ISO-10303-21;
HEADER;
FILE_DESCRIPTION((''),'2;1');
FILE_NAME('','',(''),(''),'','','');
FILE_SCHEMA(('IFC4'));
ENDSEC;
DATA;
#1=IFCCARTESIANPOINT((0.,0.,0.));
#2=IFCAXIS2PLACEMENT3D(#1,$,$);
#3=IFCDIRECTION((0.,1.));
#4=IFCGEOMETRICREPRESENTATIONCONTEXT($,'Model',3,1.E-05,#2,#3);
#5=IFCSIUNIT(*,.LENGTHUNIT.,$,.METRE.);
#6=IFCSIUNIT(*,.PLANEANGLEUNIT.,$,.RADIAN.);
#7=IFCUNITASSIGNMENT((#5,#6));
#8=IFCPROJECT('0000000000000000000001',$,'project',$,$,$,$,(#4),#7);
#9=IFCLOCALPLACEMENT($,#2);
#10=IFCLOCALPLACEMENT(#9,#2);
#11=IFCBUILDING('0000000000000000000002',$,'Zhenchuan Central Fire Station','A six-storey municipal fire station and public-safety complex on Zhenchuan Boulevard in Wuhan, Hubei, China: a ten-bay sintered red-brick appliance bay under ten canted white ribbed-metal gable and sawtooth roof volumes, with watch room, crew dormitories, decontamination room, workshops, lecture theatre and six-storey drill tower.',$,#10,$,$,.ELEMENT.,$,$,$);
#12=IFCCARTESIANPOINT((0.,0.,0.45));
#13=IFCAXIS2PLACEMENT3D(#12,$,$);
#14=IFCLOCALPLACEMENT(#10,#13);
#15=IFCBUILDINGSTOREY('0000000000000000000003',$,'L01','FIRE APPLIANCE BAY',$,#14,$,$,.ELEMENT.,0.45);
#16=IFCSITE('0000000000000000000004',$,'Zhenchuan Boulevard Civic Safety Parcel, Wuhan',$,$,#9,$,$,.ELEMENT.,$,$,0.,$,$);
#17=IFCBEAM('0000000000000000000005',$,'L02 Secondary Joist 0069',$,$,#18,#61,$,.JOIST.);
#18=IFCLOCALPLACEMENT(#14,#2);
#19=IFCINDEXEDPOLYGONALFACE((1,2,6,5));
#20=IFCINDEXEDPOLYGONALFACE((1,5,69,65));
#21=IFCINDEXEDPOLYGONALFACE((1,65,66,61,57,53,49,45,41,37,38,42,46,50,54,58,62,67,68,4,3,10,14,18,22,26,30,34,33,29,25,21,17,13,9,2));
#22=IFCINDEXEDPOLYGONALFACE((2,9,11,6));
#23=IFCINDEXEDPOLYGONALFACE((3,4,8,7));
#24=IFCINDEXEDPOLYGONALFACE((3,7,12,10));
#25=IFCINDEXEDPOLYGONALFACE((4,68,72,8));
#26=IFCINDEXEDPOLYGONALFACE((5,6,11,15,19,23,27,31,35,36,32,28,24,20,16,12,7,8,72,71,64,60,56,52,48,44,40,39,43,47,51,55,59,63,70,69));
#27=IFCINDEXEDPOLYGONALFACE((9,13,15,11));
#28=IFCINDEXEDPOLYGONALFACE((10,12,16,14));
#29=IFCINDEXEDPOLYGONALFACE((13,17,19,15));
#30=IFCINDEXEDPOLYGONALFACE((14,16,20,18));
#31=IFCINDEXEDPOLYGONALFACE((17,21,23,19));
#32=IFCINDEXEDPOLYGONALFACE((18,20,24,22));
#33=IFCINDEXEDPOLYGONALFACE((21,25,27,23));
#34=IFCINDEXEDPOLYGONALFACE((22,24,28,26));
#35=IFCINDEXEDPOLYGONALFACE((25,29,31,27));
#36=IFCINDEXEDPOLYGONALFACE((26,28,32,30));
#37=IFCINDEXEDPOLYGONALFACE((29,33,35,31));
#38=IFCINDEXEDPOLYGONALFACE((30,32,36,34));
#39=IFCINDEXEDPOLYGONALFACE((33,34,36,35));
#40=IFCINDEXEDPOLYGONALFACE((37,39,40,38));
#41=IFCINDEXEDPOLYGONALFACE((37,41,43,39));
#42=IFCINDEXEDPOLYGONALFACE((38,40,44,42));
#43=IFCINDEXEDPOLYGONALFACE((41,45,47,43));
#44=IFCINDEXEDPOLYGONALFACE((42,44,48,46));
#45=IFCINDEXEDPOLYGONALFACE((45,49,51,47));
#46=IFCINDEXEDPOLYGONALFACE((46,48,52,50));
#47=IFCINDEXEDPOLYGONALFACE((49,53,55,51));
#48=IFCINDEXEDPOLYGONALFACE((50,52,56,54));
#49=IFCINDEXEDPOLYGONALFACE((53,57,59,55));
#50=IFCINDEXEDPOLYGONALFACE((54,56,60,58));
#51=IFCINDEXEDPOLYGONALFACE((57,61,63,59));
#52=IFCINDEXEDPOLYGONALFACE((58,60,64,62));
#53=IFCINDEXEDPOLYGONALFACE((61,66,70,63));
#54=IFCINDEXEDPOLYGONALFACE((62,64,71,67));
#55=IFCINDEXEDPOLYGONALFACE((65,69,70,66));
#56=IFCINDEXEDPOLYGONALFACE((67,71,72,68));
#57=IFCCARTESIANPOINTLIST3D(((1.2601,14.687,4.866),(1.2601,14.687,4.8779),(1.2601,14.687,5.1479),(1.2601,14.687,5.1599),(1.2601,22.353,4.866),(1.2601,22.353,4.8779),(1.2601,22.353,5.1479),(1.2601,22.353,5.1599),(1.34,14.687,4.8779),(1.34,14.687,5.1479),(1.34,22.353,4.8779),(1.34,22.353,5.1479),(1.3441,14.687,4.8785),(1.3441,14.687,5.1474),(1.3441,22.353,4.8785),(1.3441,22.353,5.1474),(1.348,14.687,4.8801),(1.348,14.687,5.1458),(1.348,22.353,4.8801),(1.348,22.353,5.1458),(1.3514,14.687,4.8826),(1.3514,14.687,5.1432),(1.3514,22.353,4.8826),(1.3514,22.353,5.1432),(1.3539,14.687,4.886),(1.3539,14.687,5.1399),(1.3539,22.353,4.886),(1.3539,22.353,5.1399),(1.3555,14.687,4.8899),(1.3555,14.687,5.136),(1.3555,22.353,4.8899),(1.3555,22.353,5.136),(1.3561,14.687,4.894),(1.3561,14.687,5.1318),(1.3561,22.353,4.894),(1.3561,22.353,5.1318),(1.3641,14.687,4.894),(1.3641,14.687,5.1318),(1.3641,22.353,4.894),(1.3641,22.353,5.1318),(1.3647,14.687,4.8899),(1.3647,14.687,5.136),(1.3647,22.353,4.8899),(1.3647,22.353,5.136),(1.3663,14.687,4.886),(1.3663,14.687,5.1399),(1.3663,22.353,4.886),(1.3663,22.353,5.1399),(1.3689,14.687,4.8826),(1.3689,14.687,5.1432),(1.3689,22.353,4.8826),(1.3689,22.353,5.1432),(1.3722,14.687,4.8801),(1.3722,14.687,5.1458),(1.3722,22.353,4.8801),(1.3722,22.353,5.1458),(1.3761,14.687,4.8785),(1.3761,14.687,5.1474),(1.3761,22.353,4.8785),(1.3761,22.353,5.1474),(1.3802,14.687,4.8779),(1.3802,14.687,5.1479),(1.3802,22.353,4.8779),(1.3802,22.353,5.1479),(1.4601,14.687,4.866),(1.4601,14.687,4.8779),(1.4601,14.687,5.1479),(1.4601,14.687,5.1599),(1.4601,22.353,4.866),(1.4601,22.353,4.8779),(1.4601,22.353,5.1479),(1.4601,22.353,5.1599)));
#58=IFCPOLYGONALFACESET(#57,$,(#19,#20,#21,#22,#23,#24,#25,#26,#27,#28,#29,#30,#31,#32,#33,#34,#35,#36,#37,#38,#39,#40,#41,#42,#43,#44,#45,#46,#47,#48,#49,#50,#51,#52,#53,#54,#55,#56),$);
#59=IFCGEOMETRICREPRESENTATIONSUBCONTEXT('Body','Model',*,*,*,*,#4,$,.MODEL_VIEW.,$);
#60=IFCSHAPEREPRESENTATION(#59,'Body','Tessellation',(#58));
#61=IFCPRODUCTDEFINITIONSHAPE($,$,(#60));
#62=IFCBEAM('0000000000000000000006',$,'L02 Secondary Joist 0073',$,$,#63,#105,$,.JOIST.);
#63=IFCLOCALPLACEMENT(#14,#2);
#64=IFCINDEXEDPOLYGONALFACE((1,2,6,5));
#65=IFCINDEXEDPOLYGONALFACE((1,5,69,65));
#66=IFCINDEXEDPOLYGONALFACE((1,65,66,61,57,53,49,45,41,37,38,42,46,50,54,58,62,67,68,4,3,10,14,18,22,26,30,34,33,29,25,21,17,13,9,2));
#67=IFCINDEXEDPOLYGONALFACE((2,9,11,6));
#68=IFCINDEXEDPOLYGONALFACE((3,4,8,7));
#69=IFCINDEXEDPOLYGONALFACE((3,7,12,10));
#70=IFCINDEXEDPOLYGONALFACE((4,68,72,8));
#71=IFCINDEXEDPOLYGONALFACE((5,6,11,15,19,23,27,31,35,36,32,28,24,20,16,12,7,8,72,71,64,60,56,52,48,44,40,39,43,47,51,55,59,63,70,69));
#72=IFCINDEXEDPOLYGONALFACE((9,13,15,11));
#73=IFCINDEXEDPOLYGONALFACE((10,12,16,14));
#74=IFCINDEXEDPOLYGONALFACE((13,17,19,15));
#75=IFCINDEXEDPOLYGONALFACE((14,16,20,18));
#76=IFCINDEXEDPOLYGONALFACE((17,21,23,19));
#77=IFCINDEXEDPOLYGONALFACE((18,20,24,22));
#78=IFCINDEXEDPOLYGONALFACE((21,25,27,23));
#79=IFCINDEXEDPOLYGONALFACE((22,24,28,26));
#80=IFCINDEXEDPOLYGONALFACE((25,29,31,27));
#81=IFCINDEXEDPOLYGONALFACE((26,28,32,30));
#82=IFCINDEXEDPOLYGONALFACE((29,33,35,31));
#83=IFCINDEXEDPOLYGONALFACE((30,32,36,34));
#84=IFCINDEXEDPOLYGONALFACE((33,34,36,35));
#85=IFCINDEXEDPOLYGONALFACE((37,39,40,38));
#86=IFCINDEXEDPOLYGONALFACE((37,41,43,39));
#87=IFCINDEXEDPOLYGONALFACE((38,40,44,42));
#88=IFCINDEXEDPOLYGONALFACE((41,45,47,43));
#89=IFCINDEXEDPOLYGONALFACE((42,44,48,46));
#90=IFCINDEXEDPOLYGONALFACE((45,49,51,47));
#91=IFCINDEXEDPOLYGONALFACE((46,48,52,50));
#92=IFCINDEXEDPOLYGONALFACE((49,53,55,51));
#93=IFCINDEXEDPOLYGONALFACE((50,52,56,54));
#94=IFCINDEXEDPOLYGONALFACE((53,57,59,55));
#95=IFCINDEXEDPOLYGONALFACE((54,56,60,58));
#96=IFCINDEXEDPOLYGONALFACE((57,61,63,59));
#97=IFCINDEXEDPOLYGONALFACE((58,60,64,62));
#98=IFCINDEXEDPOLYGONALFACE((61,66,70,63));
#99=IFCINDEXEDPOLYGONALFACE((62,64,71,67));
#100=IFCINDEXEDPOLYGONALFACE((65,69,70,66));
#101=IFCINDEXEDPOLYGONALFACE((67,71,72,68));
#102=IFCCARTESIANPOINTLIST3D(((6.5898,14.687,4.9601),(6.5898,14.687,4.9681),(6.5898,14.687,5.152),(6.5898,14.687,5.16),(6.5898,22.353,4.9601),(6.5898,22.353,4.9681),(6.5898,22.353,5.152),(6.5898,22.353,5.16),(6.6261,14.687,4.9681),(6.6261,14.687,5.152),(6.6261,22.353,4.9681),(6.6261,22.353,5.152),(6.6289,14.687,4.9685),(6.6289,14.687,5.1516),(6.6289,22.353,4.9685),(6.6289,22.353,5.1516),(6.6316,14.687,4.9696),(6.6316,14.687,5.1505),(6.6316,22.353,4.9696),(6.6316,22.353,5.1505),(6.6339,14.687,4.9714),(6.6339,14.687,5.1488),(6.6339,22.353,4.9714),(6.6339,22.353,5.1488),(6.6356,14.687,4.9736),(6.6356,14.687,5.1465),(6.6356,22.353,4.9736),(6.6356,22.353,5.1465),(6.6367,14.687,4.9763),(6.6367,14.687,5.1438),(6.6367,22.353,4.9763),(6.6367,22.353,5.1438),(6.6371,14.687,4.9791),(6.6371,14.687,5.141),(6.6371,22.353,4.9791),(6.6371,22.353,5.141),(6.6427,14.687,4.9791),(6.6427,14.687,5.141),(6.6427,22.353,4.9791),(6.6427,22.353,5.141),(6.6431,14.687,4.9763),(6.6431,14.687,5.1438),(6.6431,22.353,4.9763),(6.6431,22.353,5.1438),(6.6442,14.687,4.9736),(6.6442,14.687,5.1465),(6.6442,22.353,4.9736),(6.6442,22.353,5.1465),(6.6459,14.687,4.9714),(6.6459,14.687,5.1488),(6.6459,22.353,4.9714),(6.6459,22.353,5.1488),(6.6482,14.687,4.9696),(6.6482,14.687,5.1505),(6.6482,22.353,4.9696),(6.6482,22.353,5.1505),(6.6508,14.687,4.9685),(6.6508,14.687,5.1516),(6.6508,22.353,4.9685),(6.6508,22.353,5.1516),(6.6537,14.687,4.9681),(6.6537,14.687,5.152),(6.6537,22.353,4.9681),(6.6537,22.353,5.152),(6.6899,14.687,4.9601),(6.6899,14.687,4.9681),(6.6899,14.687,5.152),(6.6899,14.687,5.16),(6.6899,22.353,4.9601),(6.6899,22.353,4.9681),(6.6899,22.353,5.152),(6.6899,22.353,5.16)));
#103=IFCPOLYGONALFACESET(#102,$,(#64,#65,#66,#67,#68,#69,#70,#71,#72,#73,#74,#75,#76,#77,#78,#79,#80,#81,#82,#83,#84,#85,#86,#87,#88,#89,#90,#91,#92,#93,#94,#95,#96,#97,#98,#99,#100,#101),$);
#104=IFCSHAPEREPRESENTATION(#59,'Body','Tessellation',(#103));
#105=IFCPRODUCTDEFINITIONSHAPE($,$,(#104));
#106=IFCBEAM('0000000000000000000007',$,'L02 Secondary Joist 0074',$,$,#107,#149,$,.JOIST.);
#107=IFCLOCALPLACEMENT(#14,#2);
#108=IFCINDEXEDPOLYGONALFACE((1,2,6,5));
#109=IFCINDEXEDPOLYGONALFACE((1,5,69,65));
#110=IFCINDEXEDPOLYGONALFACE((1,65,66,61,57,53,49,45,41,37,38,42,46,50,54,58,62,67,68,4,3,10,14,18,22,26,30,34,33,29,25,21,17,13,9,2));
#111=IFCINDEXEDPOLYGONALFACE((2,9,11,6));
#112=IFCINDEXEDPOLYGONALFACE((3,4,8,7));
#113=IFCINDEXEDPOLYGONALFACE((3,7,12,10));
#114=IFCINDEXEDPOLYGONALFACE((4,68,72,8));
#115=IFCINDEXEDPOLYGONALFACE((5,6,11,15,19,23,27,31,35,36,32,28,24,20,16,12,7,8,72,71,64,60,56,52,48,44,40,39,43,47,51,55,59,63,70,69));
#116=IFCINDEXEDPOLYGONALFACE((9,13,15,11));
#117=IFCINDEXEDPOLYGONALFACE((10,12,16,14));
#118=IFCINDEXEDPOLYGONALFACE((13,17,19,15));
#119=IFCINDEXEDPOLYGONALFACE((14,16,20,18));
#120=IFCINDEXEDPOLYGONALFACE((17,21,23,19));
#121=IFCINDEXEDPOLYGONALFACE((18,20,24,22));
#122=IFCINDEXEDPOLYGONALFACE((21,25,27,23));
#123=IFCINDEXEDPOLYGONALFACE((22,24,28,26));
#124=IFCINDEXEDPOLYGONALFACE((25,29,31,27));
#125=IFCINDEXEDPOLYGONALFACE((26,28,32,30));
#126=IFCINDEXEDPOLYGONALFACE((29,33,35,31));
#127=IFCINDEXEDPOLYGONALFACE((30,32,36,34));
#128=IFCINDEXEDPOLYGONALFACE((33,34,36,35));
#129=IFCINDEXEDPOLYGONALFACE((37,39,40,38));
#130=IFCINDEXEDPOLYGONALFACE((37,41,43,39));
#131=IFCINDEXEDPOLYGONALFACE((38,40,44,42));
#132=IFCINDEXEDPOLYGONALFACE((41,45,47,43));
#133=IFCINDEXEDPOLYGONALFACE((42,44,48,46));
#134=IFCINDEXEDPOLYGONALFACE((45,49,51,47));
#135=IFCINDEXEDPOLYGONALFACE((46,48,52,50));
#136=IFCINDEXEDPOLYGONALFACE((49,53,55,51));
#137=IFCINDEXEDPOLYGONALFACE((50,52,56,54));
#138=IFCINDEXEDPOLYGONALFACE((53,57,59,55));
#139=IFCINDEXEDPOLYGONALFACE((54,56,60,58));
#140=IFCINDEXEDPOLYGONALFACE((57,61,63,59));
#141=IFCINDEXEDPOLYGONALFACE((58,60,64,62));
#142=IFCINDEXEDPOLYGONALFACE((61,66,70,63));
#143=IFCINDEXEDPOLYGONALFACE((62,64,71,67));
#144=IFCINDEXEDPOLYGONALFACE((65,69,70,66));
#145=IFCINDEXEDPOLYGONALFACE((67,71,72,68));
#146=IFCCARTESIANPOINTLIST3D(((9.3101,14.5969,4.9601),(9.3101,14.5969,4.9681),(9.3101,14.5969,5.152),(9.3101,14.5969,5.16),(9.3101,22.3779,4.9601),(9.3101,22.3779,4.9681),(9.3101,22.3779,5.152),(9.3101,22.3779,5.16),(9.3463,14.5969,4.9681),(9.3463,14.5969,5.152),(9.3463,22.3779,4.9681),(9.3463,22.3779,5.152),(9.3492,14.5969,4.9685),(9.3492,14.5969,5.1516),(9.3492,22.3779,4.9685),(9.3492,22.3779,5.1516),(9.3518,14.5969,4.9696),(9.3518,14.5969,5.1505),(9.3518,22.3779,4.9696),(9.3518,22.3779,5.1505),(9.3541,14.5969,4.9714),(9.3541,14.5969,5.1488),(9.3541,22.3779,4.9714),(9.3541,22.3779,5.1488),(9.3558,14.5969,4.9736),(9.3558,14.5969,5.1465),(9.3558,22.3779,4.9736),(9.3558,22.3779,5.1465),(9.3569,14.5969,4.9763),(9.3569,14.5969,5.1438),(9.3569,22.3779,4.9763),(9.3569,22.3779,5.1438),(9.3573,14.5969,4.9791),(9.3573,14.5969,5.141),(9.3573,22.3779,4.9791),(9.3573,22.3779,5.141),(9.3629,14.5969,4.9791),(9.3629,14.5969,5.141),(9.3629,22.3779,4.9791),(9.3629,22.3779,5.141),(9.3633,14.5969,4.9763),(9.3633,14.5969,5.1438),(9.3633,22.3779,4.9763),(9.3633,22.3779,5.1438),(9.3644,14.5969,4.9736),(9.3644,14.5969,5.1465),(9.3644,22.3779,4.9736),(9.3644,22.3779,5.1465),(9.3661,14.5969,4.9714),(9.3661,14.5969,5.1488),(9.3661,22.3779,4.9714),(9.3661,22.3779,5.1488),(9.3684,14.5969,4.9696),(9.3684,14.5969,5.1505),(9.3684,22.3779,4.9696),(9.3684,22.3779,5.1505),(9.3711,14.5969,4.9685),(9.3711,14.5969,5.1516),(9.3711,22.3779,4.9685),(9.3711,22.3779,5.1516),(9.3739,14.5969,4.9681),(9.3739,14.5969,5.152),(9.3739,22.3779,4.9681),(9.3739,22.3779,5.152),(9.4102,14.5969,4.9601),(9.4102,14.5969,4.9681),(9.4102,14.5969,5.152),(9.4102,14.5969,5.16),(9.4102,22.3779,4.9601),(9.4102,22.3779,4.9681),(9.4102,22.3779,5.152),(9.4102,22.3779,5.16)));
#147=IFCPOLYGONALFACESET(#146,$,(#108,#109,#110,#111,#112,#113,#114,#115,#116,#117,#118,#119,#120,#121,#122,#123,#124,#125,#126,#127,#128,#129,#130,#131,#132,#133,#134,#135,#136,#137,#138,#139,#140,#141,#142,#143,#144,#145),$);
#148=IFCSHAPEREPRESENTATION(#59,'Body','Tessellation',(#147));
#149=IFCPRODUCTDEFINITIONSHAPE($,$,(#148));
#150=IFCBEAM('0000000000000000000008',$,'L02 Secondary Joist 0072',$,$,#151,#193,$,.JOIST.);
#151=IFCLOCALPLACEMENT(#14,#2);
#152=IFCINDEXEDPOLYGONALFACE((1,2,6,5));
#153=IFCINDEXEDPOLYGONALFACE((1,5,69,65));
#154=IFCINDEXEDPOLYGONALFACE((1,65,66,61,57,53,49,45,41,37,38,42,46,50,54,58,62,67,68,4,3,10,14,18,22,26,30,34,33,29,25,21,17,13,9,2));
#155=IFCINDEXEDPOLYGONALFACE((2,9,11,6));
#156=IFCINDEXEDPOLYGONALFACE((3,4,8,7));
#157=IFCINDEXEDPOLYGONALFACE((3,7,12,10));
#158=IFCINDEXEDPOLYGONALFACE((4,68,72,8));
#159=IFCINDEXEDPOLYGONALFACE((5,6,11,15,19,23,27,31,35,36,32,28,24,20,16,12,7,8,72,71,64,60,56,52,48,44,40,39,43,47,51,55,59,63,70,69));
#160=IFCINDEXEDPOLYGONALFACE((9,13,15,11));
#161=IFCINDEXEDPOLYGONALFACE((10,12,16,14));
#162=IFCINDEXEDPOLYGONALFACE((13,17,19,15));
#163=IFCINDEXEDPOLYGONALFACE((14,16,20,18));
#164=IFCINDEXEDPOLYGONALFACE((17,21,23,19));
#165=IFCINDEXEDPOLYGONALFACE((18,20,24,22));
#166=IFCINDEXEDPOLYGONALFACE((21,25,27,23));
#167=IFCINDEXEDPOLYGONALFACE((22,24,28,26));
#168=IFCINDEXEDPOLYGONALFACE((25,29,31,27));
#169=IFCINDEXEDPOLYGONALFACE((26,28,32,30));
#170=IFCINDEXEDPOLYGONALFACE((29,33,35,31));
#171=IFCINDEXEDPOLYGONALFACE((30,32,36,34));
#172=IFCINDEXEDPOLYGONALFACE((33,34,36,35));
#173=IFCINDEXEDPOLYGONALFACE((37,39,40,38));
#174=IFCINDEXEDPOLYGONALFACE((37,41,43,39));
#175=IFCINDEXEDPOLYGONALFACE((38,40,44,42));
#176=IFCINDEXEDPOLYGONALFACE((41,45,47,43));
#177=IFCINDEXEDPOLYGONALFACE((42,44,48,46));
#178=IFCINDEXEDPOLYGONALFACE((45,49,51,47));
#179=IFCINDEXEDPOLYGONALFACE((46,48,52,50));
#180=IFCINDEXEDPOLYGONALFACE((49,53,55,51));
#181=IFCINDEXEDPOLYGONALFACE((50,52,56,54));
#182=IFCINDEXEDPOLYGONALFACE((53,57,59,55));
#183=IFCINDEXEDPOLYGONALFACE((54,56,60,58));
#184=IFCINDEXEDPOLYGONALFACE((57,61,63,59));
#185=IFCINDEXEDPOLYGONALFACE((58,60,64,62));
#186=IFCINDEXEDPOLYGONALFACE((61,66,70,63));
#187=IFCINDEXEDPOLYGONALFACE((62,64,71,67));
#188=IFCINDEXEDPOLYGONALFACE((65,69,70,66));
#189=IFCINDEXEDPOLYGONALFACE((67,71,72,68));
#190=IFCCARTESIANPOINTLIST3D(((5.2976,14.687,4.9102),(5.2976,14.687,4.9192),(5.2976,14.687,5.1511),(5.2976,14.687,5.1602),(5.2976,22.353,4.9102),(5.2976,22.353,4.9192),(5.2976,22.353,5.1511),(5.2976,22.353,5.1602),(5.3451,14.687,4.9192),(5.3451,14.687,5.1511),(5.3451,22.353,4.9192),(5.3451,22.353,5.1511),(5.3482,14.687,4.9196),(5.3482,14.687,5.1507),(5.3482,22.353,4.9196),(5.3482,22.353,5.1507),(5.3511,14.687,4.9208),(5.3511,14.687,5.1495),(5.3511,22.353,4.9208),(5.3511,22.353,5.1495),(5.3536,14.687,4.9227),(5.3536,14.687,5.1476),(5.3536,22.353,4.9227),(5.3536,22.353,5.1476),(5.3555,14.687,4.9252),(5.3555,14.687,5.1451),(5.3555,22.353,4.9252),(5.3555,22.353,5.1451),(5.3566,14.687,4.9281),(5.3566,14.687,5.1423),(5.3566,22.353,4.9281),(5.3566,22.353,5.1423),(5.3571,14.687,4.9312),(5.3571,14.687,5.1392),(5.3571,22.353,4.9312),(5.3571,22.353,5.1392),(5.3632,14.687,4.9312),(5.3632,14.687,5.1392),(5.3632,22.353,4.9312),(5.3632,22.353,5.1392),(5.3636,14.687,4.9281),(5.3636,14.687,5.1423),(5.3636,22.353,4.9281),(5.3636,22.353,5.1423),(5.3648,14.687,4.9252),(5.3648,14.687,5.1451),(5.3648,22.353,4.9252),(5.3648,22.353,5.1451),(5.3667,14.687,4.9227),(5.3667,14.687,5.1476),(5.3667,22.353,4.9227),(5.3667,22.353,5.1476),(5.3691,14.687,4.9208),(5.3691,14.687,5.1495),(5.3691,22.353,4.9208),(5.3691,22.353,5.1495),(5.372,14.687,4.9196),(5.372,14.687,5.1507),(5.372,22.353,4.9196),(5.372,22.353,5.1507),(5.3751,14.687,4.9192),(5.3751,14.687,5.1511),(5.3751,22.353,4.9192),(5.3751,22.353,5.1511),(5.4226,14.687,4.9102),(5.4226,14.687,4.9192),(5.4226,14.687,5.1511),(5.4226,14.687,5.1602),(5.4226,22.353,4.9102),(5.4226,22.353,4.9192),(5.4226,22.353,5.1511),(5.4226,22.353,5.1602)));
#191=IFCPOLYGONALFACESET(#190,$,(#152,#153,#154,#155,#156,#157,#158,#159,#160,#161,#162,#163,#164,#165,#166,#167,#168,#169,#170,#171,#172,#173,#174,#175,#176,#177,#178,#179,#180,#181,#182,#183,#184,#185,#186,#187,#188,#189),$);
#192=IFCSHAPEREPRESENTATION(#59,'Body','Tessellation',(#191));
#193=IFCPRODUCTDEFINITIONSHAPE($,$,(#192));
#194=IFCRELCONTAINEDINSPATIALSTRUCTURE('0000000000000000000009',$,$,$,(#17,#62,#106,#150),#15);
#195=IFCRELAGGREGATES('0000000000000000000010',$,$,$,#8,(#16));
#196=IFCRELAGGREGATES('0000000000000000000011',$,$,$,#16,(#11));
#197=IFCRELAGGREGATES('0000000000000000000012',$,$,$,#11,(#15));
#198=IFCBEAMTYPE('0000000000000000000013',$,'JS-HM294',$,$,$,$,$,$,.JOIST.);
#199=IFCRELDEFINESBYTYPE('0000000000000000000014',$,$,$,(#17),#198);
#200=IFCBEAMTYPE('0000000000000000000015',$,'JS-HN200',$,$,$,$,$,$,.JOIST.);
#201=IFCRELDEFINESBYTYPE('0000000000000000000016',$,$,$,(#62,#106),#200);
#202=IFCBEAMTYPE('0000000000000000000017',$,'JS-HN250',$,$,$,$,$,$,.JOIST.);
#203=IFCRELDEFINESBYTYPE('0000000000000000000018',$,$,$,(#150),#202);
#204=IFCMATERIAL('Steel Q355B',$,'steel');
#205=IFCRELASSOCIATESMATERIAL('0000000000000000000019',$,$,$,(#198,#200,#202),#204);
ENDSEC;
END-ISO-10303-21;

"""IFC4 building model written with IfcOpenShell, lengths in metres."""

from ifc_helpers import new_model, si_unit, direction, frame, origin, origin_2d, place, context, subcontext, project, spatial, i_section, extrude, material, material_profile, profile_set, type_object, element, save


model = new_model("IFC4")

# Units and contexts
model_context = context("Model", 3, precision=1e-05, world=origin(), true_north=direction((0.0, 1.0)))
body_context = subcontext(model_context, "Body", "Model", "MODEL_VIEW")
ifc_project = project(units=[si_unit("LENGTHUNIT", "METRE"), si_unit("PLANEANGLEUNIT", "RADIAN")], contexts=[model_context])

# Site, building, storey
site_placement = place(None, origin())
site = spatial("IfcSite", under=ifc_project, at=site_placement, Name="Zhenchuan Boulevard Civic Safety Parcel, Wuhan", CompositionType="ELEMENT", RefElevation=0.0)
building_placement = place(site_placement, origin())
building = spatial("IfcBuilding", under=site, at=building_placement, Name="Zhenchuan Central Fire Station", Description="A six-storey municipal fire station and public-safety complex on Zhenchuan Boulevard in Wuhan, Hubei, China: a ten-bay sintered red-brick appliance bay under ten canted white ribbed-metal gable and sawtooth roof volumes, with watch room, crew dormitories, decontamination room, workshops, lecture theatre and six-storey drill tower.", CompositionType="ELEMENT")
storey_placement = place(building_placement, frame((0.0, 0.0, 0.45)))
storey = spatial("IfcBuildingStorey", under=building, at=storey_placement, Name="L01", Description="FIRE APPLIANCE BAY", CompositionType="ELEMENT", Elevation=0.45)

# Shared definitions
ifc_material_1 = material(Name="Steel Q355B", Category="steel")

# Beams
ifc_material_profile_1 = material_profile(ifc_material_1, i_section(OverallWidth=0.2, OverallDepth=0.2939, WebThickness=0.0081, FlangeThickness=0.012, FilletRadius=0.0161, at=origin_2d()), Name="HM 294x200")
ifc_profile_set_1 = profile_set([ifc_material_profile_1], Name="Steel Q355B")
beam_type_1 = type_object("IfcBeamType", Name="JS-HM294", PredefinedType="JOIST", material=ifc_profile_set_1)
beam_1_placement = place(storey_placement, frame((1.3601, 14.687, 5.0129), z_axis=(0.0, 1.0, 0.0), x_axis=(-1.0, 0.0, 0.0)))
element("IfcBeam", 1, at=beam_1_placement, inside=storey, type_object=beam_type_1, Name="L02 Secondary Joist 0069", PredefinedType="JOIST", context=body_context, shape_type="SweptSolid", body=[
    extrude(i_section(OverallWidth=0.2, OverallDepth=0.2939, WebThickness=0.0081, FlangeThickness=0.012, FilletRadius=0.0161, at=origin_2d()), origin(), (0.0, 0.0, 1.0), 7.666),
])
ifc_material_profile_2 = material_profile(ifc_material_1, i_section(OverallWidth=0.1001, OverallDepth=0.2, WebThickness=0.0056, FlangeThickness=0.0081, FilletRadius=0.011, at=origin_2d()), Name="HN 200x100")
ifc_profile_set_2 = profile_set([ifc_material_profile_2], Name="Steel Q355B")
beam_type_2 = type_object("IfcBeamType", Name="JS-HN200", PredefinedType="JOIST", material=ifc_profile_set_2)
beam_2_placement = place(storey_placement, frame((6.6399, 14.687, 5.0601), z_axis=(0.0, 1.0, 0.0), x_axis=(-1.0, 0.0, 0.0)))
element("IfcBeam", 2, at=beam_2_placement, inside=storey, type_object=beam_type_2, Name="L02 Secondary Joist 0073", PredefinedType="JOIST", context=body_context, shape_type="SweptSolid", body=[
    extrude(i_section(OverallWidth=0.1001, OverallDepth=0.2, WebThickness=0.0056, FlangeThickness=0.0081, FilletRadius=0.011, at=origin_2d()), origin(), (0.0, 0.0, 1.0), 7.666),
])
beam_3_placement = place(storey_placement, frame((9.3601, 14.5969, 5.0601), z_axis=(0.0, 1.0, 0.0), x_axis=(-1.0, 0.0, 0.0)))
element("IfcBeam", 3, at=beam_3_placement, inside=storey, type_object=beam_type_2, Name="L02 Secondary Joist 0074", PredefinedType="JOIST", context=body_context, shape_type="SweptSolid", body=[
    extrude(i_section(OverallWidth=0.1001, OverallDepth=0.2, WebThickness=0.0056, FlangeThickness=0.0081, FilletRadius=0.011, at=origin_2d()), origin(), (0.0, 0.0, 1.0), 7.781),
])
ifc_material_profile_3 = material_profile(ifc_material_1, i_section(OverallWidth=0.125, OverallDepth=0.25, WebThickness=0.0061, FlangeThickness=0.009, FilletRadius=0.012, at=origin_2d()), Name="HN 250x125")
ifc_profile_set_3 = profile_set([ifc_material_profile_3], Name="Steel Q355B")
beam_type_3 = type_object("IfcBeamType", Name="JS-HN250", PredefinedType="JOIST", material=ifc_profile_set_3)
beam_4_placement = place(storey_placement, frame((5.3601, 14.687, 5.0352), z_axis=(0.0, 1.0, 0.0), x_axis=(-1.0, 0.0, 0.0)))
element("IfcBeam", 4, at=beam_4_placement, inside=storey, type_object=beam_type_3, Name="L02 Secondary Joist 0072", PredefinedType="JOIST", context=body_context, shape_type="SweptSolid", body=[
    extrude(i_section(OverallWidth=0.125, OverallDepth=0.25, WebThickness=0.0061, FlangeThickness=0.009, FilletRadius=0.012, at=origin_2d()), origin(), (0.0, 0.0, 1.0), 7.666),
])

save(model, "model.ifc")
